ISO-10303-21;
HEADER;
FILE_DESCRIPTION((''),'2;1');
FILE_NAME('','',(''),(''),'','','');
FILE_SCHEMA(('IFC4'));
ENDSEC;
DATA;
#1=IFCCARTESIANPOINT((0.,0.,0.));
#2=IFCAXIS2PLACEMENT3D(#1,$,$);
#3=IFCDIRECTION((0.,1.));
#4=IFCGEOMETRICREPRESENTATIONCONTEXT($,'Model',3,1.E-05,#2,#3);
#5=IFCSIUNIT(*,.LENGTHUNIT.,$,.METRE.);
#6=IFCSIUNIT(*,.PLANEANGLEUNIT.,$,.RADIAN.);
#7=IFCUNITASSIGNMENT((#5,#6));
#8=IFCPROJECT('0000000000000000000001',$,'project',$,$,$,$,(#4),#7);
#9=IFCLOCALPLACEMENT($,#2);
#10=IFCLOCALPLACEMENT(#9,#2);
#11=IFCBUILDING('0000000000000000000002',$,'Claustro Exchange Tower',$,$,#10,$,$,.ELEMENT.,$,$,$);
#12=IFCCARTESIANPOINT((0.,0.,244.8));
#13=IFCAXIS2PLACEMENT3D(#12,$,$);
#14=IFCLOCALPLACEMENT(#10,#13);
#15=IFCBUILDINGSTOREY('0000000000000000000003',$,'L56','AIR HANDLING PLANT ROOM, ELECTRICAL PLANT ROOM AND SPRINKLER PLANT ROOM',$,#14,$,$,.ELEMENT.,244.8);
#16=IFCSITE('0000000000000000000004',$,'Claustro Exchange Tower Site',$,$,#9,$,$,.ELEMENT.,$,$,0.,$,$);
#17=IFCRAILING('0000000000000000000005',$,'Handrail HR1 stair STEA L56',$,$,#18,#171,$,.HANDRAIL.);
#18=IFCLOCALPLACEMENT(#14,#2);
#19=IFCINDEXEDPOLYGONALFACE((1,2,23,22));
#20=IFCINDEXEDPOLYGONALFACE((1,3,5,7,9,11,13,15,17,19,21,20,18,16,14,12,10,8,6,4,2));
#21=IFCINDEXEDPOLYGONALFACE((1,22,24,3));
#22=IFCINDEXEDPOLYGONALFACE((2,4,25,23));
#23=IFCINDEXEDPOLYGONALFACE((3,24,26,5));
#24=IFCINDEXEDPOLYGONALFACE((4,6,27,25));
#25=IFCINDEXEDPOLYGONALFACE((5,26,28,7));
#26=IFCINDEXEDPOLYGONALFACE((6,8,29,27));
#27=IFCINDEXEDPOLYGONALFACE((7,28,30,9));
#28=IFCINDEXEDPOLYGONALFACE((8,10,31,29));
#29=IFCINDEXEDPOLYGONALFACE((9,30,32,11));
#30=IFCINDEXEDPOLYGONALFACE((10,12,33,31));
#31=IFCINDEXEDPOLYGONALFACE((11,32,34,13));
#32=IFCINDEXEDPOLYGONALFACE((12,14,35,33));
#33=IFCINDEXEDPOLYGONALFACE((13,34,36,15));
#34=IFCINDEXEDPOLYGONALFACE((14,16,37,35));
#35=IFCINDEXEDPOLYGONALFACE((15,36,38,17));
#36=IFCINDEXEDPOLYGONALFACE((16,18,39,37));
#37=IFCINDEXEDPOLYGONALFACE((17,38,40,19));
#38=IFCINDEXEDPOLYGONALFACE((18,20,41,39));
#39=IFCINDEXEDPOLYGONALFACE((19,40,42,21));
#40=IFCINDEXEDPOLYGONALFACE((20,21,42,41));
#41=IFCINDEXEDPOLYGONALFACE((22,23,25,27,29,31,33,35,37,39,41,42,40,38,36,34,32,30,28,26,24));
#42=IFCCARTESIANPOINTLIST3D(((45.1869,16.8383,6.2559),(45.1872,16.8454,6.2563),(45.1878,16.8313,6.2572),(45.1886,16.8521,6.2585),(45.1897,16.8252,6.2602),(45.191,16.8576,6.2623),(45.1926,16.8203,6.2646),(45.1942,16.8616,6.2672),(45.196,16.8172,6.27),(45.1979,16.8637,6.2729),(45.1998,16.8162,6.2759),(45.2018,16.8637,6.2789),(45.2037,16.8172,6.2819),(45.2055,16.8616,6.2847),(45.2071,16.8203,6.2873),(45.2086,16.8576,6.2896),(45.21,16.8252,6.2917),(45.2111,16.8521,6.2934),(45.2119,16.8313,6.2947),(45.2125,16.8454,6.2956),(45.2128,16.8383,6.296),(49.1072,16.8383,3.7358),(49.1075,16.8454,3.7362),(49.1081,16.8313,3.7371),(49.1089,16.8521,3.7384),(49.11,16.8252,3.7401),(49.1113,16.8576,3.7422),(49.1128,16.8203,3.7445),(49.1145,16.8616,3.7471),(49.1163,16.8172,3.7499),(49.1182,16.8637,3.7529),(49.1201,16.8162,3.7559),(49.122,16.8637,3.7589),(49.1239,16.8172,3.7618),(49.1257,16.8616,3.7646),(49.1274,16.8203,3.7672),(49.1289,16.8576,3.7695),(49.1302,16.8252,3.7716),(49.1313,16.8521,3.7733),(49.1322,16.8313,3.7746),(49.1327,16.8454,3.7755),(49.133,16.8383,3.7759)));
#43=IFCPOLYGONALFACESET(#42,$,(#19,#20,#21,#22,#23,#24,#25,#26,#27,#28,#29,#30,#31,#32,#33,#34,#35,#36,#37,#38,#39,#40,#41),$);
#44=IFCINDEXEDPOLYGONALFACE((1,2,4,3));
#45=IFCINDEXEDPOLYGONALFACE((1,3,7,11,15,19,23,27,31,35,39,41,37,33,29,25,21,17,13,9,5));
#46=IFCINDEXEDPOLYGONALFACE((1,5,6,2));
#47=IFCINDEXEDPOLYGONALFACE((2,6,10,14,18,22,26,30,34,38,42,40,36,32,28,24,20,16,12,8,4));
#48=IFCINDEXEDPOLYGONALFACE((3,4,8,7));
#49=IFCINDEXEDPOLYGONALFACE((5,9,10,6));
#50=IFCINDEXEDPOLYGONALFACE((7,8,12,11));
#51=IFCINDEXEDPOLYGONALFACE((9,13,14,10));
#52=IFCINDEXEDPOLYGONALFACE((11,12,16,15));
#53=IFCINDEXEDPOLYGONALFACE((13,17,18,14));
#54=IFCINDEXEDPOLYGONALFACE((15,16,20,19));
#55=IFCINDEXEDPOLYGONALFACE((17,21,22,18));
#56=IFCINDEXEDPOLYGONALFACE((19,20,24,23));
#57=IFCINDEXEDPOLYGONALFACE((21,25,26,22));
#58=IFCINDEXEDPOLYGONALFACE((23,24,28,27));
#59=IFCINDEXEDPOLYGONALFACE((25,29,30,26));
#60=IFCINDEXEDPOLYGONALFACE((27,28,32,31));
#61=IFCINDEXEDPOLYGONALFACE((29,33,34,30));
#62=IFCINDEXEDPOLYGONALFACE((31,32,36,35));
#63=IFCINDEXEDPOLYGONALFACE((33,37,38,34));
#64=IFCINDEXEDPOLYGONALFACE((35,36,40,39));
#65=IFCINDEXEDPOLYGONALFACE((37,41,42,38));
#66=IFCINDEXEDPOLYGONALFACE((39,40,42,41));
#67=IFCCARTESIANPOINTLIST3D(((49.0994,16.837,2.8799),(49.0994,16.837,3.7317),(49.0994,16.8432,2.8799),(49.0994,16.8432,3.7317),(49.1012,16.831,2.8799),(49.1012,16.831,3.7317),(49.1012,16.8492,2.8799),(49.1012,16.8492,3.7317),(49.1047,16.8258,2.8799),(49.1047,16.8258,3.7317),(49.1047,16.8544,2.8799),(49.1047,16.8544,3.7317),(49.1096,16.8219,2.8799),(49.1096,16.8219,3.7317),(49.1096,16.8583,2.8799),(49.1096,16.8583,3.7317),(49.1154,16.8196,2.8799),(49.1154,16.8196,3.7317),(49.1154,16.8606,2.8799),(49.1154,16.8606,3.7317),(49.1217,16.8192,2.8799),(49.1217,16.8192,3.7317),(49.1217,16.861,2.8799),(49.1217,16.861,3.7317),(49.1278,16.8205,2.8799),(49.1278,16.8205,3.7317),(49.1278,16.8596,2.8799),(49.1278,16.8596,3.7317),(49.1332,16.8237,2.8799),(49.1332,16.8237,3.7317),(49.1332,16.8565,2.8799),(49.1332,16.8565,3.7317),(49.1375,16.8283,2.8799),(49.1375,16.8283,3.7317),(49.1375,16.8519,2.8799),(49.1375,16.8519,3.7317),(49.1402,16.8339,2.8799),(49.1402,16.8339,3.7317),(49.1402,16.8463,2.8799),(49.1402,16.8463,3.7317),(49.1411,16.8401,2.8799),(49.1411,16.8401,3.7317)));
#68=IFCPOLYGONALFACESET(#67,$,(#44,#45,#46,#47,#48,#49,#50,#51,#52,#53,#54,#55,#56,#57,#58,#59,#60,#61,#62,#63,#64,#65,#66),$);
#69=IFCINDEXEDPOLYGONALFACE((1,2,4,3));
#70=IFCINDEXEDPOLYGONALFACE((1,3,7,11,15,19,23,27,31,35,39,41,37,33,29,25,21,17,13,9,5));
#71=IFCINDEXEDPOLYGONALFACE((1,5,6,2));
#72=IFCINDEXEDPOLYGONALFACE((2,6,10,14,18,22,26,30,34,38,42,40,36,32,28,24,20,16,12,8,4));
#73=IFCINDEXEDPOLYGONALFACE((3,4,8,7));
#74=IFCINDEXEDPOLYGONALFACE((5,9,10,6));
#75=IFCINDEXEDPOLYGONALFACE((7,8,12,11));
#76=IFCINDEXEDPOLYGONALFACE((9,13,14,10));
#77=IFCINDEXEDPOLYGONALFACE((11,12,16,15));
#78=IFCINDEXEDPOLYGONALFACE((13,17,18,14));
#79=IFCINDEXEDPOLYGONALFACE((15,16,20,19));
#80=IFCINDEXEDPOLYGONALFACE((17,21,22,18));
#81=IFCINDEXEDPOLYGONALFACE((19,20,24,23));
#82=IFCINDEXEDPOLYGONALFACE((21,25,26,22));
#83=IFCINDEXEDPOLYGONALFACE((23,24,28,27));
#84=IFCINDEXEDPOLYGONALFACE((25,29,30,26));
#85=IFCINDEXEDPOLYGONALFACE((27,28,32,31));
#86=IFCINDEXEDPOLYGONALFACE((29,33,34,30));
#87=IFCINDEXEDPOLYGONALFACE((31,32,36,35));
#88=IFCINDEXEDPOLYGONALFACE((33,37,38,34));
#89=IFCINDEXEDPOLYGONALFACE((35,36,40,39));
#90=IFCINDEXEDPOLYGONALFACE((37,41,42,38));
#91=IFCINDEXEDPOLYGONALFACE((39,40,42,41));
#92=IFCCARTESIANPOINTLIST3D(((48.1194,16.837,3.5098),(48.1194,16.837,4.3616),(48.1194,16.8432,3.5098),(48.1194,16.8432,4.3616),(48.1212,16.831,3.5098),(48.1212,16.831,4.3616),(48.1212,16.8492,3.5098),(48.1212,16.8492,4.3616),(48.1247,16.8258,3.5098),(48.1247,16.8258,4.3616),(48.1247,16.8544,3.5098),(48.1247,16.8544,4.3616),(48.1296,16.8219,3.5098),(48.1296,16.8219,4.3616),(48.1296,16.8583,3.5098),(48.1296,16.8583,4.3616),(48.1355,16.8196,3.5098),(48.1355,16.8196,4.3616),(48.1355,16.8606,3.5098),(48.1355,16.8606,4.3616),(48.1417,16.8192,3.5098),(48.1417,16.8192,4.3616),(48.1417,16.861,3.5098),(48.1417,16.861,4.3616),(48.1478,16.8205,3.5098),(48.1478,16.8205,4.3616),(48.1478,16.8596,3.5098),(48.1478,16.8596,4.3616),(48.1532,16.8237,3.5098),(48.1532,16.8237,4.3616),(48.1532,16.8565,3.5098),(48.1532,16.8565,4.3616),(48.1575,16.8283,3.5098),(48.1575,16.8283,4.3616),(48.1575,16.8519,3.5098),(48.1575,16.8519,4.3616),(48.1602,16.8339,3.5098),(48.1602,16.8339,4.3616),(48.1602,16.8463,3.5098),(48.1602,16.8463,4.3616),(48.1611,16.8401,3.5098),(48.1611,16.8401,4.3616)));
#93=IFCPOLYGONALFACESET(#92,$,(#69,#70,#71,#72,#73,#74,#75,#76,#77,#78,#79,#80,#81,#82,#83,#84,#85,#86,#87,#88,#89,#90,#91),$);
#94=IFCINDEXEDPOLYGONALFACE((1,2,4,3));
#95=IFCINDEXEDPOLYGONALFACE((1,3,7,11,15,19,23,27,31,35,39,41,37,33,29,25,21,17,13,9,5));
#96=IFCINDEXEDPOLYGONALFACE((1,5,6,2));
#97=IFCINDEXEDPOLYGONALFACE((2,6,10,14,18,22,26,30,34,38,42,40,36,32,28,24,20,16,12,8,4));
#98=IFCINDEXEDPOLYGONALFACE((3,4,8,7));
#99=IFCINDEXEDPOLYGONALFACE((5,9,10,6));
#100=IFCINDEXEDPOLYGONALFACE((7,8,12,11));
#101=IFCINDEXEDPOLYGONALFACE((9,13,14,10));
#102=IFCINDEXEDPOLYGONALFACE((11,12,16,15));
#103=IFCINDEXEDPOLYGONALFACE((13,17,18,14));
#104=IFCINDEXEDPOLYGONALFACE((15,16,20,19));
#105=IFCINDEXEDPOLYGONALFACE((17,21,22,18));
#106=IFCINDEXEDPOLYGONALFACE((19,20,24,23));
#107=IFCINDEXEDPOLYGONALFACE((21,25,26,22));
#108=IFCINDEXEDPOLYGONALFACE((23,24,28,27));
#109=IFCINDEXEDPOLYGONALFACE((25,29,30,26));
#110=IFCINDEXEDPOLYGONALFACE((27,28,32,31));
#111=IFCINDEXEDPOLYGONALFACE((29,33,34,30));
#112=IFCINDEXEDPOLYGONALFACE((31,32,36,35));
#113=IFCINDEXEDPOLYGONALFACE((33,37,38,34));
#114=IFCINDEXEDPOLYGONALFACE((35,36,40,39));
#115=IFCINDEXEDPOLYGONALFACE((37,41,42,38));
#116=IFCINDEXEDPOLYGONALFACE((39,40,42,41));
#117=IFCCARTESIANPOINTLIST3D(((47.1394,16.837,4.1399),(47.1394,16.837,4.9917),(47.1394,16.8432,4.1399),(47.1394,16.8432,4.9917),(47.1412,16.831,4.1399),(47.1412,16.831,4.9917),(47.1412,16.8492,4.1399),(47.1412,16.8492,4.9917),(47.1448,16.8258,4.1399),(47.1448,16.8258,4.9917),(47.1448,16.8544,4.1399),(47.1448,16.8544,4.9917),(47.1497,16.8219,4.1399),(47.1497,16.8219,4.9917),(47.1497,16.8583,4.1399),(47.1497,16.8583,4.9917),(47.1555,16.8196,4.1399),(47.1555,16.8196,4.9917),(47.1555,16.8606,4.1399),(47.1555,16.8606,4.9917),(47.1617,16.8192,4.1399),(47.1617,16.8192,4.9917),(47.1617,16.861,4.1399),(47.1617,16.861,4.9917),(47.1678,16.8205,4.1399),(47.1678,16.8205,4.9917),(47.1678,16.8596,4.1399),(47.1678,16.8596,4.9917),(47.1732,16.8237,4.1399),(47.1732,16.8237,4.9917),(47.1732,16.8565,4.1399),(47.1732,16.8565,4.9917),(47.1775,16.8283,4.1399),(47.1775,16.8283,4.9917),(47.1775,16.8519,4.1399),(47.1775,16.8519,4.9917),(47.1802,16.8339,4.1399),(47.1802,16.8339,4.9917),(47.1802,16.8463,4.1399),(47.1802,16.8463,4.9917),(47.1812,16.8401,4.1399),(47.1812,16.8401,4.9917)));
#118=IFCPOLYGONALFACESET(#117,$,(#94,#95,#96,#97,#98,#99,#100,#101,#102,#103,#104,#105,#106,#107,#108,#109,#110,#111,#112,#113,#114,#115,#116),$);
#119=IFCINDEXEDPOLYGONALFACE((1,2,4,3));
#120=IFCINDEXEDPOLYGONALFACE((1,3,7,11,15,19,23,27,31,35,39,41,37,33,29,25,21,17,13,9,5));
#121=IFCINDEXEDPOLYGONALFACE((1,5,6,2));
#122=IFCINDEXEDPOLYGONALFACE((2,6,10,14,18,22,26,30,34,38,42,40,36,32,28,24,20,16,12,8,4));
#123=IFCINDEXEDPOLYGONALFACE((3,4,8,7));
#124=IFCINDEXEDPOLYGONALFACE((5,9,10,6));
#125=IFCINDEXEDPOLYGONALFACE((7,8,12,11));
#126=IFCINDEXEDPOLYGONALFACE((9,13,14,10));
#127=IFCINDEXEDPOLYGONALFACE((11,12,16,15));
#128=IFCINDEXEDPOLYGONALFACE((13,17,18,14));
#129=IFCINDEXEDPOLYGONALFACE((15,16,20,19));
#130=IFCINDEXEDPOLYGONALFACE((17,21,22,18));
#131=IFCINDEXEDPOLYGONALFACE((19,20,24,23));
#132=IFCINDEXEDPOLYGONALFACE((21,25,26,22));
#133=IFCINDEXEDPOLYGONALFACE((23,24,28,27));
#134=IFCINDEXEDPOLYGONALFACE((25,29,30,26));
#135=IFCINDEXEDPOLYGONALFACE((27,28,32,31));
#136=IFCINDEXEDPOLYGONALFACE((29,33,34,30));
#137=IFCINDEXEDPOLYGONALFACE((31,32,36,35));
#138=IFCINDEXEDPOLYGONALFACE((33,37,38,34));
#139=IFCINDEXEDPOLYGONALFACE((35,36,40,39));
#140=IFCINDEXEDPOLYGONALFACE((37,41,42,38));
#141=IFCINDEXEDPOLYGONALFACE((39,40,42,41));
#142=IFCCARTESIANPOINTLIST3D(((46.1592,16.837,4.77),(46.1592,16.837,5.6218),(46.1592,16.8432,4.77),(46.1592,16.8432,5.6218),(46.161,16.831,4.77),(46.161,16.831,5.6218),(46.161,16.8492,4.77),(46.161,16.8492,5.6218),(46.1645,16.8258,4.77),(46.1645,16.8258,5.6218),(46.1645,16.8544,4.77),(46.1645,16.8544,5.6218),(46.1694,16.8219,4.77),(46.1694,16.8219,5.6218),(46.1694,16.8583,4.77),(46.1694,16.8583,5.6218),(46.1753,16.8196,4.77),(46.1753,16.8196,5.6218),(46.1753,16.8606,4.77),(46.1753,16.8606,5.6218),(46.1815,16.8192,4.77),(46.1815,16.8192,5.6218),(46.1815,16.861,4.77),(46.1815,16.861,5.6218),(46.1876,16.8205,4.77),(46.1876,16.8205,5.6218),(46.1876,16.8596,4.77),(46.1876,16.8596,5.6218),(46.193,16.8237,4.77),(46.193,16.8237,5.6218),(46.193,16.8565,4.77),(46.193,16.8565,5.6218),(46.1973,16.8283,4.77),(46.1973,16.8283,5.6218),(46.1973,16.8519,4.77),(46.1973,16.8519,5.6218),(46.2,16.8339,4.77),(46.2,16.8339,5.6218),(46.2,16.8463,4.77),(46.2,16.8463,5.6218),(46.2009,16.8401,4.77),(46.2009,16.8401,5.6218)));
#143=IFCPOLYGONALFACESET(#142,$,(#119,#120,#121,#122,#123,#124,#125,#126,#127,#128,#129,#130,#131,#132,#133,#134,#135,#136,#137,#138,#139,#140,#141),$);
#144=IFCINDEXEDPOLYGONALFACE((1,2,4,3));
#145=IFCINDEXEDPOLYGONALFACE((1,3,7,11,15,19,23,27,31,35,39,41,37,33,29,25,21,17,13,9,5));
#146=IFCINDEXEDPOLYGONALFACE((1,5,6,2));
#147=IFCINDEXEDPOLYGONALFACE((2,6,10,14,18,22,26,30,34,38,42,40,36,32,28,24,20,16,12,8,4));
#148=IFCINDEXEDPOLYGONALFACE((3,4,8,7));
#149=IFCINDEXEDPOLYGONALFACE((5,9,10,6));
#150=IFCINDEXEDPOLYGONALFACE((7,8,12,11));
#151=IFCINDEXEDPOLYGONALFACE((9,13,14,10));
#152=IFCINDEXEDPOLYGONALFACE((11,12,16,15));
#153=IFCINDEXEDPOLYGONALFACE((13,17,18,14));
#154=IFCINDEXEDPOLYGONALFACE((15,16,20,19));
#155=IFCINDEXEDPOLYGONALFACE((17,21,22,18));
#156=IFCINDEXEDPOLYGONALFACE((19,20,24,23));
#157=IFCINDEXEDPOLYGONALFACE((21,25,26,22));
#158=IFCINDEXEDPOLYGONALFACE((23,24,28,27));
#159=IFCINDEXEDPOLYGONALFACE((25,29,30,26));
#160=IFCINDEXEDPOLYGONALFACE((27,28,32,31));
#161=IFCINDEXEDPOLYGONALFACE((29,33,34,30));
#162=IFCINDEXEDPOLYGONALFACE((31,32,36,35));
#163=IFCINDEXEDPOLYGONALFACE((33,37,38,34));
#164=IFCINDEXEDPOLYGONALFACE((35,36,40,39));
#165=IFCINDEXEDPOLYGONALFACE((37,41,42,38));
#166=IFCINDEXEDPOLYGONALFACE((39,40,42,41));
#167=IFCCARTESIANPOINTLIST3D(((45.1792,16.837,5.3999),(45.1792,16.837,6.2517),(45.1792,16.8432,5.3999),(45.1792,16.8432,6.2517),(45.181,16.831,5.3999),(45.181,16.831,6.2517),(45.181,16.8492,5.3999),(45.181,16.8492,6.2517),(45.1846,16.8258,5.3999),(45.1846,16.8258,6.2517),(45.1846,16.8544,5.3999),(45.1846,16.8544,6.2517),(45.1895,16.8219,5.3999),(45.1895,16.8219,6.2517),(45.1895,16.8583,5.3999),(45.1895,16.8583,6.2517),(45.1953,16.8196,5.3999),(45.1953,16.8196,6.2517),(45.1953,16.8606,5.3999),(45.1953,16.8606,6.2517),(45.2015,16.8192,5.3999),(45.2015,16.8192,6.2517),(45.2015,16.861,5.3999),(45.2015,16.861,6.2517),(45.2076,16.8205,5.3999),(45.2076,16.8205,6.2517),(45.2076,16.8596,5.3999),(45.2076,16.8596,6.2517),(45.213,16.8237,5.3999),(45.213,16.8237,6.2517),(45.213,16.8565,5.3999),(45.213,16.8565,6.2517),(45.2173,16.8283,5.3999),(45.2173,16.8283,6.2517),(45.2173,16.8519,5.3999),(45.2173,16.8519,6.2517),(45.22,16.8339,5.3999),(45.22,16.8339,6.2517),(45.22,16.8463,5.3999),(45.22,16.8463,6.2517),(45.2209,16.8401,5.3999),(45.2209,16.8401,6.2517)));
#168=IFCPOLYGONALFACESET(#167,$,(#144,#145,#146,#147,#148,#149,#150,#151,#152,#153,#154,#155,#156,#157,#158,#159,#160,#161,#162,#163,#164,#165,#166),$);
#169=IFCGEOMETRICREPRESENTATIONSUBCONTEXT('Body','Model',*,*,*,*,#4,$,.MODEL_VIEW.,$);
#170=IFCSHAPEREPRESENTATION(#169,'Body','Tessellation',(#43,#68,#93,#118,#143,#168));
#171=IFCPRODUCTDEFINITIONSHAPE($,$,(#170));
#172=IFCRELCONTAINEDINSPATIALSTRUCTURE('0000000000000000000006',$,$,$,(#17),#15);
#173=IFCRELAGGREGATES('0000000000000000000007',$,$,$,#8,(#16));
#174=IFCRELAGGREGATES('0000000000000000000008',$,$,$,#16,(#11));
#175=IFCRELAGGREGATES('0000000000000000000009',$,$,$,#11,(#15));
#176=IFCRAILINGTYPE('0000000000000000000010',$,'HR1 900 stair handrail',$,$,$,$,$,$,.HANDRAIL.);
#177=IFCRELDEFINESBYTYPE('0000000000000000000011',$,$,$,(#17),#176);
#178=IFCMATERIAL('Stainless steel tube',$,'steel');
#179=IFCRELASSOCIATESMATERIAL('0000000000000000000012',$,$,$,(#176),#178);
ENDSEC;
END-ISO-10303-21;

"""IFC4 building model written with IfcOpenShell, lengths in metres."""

from ifc_helpers import new_model, si_unit, direction, frame, origin, origin_2d, place, context, subcontext, project, spatial, circle, extrude, material, type_object, element, save


model = new_model("IFC4")

# Units and contexts
model_context = context("Model", 3, precision=1e-05, world=origin(), true_north=direction((0.0, 1.0)))
body_context = subcontext(model_context, "Body", "Model", "MODEL_VIEW")
ifc_project = project(units=[si_unit("LENGTHUNIT", "METRE"), si_unit("PLANEANGLEUNIT", "RADIAN")], contexts=[model_context])

# Site, building, storey
site_placement = place(None, origin())
site = spatial("IfcSite", under=ifc_project, at=site_placement, Name="Claustro Exchange Tower Site", CompositionType="ELEMENT", RefElevation=0.0)
building_placement = place(site_placement, origin())
building = spatial("IfcBuilding", under=site, at=building_placement, Name="Claustro Exchange Tower", CompositionType="ELEMENT")
storey_placement = place(building_placement, frame((0.0, 0.0, 244.8)))
storey = spatial("IfcBuildingStorey", under=building, at=storey_placement, Name="L56", Description="AIR HANDLING PLANT ROOM, ELECTRICAL PLANT ROOM AND SPRINKLER PLANT ROOM", CompositionType="ELEMENT", Elevation=244.8)

# Railing
ifc_material_1 = material(Name="Stainless steel tube", Category="steel")
railing_type_1 = type_object("IfcRailingType", Name="HR1 900 stair handrail", PredefinedType="HANDRAIL", material=ifc_material_1)
railing_1_placement = place(storey_placement, frame((49.1201, 16.8401, 2.8799)))
element("IfcRailing", 1, at=railing_1_placement, inside=storey, type_object=railing_type_1, Name="Handrail HR1 stair STEA L56", PredefinedType="HANDRAIL", context=body_context, shape_type="SweptSolid", body=[
    extrude(circle(Radius=0.0239, at=origin_2d()), frame((0.0, 0.0, 0.876), z_axis=(-0.841187, 0.0, 0.540744), x_axis=(0.0, -1.0, 0.0)), (0.0, 0.0, 1.0), 4.6604),
    extrude(circle(Radius=0.021, at=origin_2d()), origin(), (0.0, 0.0, 1.0), 0.8518),
    extrude(circle(Radius=0.021, at=origin_2d()), frame((-0.98, 0.0, 0.6299)), (0.0, 0.0, 1.0), 0.8518),
    extrude(circle(Radius=0.021, at=origin_2d()), frame((-1.96, 0.0, 1.26)), (0.0, 0.0, 1.0), 0.8518),
    extrude(circle(Radius=0.021, at=origin_2d()), frame((-2.9402, 0.0, 1.8901)), (0.0, 0.0, 1.0), 0.8518),
    extrude(circle(Radius=0.021, at=origin_2d()), frame((-3.9202, 0.0, 2.52)), (0.0, 0.0, 1.0), 0.8518),
])

save(model, "model.ifc")
